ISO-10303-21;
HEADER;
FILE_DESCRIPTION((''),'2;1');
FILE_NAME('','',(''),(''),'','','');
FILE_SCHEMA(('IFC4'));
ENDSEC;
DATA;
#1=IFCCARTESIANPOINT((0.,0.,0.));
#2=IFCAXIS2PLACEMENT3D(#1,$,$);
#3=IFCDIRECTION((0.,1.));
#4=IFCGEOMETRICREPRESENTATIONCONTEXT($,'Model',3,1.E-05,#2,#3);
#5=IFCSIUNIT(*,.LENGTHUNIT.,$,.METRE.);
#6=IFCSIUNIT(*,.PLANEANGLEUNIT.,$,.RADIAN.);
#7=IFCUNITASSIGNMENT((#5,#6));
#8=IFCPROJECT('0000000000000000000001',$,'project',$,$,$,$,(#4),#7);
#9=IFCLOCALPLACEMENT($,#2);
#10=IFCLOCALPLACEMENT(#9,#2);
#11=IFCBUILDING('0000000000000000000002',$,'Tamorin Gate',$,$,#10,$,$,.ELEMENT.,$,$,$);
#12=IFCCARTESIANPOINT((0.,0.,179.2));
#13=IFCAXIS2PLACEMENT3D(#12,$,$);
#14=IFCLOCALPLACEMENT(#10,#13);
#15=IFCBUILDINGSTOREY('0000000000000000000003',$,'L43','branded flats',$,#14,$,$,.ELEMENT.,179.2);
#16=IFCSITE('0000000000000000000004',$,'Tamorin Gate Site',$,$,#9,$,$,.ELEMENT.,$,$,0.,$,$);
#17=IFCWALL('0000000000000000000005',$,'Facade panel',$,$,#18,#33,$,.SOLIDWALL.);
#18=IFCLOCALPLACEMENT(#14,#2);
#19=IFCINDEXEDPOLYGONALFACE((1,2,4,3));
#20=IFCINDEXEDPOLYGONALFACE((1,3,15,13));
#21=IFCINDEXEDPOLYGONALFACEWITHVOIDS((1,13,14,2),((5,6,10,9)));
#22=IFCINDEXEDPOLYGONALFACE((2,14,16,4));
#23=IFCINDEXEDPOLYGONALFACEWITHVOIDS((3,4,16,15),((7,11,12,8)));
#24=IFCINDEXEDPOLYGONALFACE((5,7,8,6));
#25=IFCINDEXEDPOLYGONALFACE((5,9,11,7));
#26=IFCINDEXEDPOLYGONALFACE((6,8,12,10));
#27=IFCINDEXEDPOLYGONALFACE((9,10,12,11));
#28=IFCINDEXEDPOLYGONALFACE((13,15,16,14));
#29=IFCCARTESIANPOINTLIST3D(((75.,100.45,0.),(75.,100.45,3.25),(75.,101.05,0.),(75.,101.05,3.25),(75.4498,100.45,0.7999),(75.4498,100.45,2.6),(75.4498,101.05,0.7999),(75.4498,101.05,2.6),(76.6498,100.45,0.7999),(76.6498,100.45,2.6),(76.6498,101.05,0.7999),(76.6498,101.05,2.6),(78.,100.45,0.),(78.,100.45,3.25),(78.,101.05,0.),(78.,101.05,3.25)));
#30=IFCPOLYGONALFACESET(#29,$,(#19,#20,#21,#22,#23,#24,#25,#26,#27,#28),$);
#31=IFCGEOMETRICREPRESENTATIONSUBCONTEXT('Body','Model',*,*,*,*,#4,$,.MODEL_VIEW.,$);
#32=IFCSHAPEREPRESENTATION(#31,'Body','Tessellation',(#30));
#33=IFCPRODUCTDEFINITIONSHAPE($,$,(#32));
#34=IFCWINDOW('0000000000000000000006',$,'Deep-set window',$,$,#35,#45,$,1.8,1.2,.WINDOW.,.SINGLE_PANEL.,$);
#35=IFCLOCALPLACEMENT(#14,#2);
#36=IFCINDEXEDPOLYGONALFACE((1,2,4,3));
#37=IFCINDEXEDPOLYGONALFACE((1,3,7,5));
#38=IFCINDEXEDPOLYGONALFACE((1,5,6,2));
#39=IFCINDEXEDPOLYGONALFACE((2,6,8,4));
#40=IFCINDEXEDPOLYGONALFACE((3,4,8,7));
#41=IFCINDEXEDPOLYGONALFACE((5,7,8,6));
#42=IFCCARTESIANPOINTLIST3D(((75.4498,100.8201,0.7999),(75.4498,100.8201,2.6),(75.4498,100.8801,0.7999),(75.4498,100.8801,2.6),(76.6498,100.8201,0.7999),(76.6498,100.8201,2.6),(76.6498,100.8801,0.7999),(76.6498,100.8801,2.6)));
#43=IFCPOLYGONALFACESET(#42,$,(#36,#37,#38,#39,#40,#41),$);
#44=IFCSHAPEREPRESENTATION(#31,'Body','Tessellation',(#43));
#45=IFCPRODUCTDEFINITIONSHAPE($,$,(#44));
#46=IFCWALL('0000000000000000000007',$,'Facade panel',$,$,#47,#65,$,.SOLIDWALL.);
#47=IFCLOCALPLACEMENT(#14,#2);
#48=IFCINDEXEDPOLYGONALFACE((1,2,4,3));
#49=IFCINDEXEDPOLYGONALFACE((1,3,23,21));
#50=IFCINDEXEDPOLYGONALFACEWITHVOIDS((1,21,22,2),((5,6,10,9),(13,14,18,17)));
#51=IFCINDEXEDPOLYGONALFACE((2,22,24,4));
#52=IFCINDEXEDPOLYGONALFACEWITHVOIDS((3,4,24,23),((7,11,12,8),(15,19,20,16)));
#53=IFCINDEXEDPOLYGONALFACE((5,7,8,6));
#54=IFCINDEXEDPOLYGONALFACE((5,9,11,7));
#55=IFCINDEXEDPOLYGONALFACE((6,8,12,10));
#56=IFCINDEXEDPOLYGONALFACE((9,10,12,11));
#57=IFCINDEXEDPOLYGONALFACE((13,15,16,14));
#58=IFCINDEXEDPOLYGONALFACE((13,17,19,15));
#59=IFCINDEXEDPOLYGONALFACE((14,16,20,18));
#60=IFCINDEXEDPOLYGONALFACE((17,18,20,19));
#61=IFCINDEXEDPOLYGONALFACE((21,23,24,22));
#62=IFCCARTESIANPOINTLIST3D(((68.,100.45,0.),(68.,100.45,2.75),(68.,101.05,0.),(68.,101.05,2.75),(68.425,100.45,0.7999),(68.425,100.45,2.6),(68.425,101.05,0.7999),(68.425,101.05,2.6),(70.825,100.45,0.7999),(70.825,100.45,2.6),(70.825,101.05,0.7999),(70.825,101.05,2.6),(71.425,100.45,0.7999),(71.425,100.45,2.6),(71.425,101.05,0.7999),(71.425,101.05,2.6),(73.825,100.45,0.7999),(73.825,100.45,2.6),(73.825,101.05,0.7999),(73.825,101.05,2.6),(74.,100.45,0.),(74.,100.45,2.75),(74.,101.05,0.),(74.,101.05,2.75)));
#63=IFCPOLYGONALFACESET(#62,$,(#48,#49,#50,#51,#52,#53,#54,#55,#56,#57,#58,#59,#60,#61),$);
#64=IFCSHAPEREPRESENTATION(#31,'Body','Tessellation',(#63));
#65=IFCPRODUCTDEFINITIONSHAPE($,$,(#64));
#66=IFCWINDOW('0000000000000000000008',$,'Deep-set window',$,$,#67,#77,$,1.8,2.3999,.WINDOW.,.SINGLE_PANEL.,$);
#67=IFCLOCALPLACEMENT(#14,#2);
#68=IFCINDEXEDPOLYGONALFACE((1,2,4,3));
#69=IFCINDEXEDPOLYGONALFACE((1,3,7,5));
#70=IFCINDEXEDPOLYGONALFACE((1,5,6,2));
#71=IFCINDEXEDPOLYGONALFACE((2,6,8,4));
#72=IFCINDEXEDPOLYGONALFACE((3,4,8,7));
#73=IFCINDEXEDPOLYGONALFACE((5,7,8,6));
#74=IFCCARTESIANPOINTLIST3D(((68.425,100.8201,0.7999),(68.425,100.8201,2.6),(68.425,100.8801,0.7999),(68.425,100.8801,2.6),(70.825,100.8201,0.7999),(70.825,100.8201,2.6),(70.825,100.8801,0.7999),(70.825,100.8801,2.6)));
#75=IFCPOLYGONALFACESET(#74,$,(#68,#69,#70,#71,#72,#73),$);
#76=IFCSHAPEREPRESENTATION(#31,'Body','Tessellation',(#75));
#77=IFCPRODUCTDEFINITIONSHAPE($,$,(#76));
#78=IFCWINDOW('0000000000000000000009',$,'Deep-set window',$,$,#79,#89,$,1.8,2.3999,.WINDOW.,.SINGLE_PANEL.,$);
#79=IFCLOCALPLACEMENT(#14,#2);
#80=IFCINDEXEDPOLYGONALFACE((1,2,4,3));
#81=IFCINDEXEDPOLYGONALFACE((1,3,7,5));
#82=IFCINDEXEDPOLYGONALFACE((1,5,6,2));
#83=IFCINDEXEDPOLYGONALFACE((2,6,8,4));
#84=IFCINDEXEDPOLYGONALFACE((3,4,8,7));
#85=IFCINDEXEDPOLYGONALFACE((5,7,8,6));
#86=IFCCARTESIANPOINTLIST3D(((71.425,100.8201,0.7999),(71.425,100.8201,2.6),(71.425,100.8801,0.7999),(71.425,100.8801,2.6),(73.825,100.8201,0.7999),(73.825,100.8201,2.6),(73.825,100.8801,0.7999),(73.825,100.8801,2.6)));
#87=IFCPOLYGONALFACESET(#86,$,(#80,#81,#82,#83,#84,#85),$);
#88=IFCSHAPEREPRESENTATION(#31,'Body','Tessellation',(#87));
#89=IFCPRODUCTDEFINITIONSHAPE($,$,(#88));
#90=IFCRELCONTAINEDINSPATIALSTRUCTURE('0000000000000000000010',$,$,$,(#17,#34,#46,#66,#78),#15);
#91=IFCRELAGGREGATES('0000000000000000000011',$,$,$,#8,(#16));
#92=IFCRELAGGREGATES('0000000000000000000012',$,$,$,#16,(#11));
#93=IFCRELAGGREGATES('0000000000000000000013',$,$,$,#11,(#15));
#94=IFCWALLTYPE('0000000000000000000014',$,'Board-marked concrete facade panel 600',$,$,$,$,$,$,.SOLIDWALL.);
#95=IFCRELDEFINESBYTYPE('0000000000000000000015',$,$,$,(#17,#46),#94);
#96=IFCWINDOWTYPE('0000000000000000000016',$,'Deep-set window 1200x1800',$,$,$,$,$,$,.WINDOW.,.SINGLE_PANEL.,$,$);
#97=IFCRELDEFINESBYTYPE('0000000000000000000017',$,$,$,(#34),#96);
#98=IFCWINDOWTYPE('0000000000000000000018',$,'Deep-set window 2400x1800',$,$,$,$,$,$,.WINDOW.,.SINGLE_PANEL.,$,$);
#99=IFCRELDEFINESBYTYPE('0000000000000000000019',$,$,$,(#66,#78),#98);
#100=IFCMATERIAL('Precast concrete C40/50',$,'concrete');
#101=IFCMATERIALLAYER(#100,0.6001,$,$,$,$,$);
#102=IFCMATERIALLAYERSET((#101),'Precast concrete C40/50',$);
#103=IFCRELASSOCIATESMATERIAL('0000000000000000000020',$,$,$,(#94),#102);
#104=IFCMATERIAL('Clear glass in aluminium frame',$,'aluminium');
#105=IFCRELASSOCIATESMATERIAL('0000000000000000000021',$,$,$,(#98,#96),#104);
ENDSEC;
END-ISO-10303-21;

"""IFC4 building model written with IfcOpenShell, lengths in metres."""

from ifc_helpers import new_model, si_unit, direction, frame, frame_2d, origin, place, context, subcontext, project, spatial, rectangle, extrude, material, layer, layer_set, type_object, element, fill, save


model = new_model("IFC4")

# Units and contexts
model_context = context("Model", 3, precision=1e-05, world=origin(), true_north=direction((0.0, 1.0)))
body_context = subcontext(model_context, "Body", "Model", "MODEL_VIEW")
ifc_project = project(units=[si_unit("LENGTHUNIT", "METRE"), si_unit("PLANEANGLEUNIT", "RADIAN")], contexts=[model_context])

# Site, building, storey
site_placement = place(None, origin())
site = spatial("IfcSite", under=ifc_project, at=site_placement, Name="Tamorin Gate Site", CompositionType="ELEMENT", RefElevation=0.0)
building_placement = place(site_placement, origin())
building = spatial("IfcBuilding", under=site, at=building_placement, Name="Tamorin Gate", CompositionType="ELEMENT")
storey_placement = place(building_placement, frame((0.0, 0.0, 179.2)))
storey = spatial("IfcBuildingStorey", under=building, at=storey_placement, Name="L43", Description="branded flats", CompositionType="ELEMENT", Elevation=179.2)

# Shared definitions
ifc_material_1 = material(Name="Precast concrete C40/50", Category="concrete")
ifc_layer = layer(ifc_material_1, 0.6001)
ifc_layer_set = layer_set([ifc_layer], Name="Precast concrete C40/50")
wall_type = type_object("IfcWallType", Name="Board-marked concrete facade panel 600", PredefinedType="SOLIDWALL", material=ifc_layer_set)
ifc_material_2 = material(Name="Clear glass in aluminium frame", Category="aluminium")
window_type_1 = type_object("IfcWindowType", Name="Deep-set window 2400x1800", PartitioningType="SINGLE_PANEL", PredefinedType="WINDOW", material=ifc_material_2)
window_type_2 = type_object("IfcWindowType", Name="Deep-set window 1200x1800", PartitioningType="SINGLE_PANEL", PredefinedType="WINDOW", material=ifc_material_2)

# Wall, opening, window
wall_1_placement = place(storey_placement, frame((78.0, 100.75, 0.0), z_axis=(0.0, 0.0, 1.0), x_axis=(-1.0, 0.0, 0.0)))
wall_1 = element("IfcWall", 1, at=wall_1_placement, inside=storey, type_object=wall_type, Name="Facade panel", PredefinedType="SOLIDWALL", context=body_context, shape_type="SweptSolid", body=[
    extrude(rectangle(XDim=3.0, YDim=0.6001, at=frame_2d((1.5, 0.0))), origin(), (0.0, 0.0, 1.0), 3.25),
])
opening_1_placement = place(wall_1_placement, frame((1.3501, 0.0, 0.8)))
opening_1 = element("IfcOpeningElement", 2, at=opening_1_placement, cuts=wall_1, PredefinedType="OPENING", context=body_context, shape_type="SweptSolid", body=[
    extrude(rectangle(XDim=1.2, YDim=1.8, at=frame_2d((0.6001, 0.8999))), frame((0.0, 0.3101, 0.0), z_axis=(0.0, -1.0, 0.0), x_axis=(1.0, 0.0, 0.0)), (0.0, 0.0, 1.0), 0.6201),
])
window_1_placement = place(opening_1_placement, origin())
window_1 = element("IfcWindow", 3, at=window_1_placement, inside=storey, type_object=window_type_2, Name="Deep-set window", OverallHeight=1.8, OverallWidth=1.2, PartitioningType="SINGLE_PANEL", PredefinedType="WINDOW", context=body_context, shape_type="SweptSolid", body=[
    extrude(rectangle(XDim=1.2, YDim=1.8, at=frame_2d((0.6001, 0.8999))), frame((0.0, -0.0701, 0.0), z_axis=(0.0, -1.0, 0.0), x_axis=(1.0, 0.0, 0.0)), (0.0, 0.0, 1.0), 0.0601),
])
fill(opening_1, window_1)

# Wall, openings, windows
wall_2_placement = place(storey_placement, frame((74.0, 100.75, 0.0), z_axis=(0.0, 0.0, 1.0), x_axis=(-1.0, 0.0, 0.0)))
wall_2 = element("IfcWall", 4, at=wall_2_placement, inside=storey, type_object=wall_type, Name="Facade panel", PredefinedType="SOLIDWALL", context=body_context, shape_type="SweptSolid", body=[
    extrude(rectangle(XDim=6.0, YDim=0.6001, at=frame_2d((3.0, 0.0))), origin(), (0.0, 0.0, 1.0), 2.75),
])
opening_2_placement = place(wall_2_placement, frame((3.175, 0.0, 0.8)))
opening_2 = element("IfcOpeningElement", 5, at=opening_2_placement, cuts=wall_2, PredefinedType="OPENING", context=body_context, shape_type="SweptSolid", body=[
    extrude(rectangle(XDim=2.3999, YDim=1.8, at=frame_2d((1.2, 0.8999))), frame((0.0, 0.3101, 0.0), z_axis=(0.0, -1.0, 0.0), x_axis=(1.0, 0.0, 0.0)), (0.0, 0.0, 1.0), 0.6201),
])
opening_3_placement = place(wall_2_placement, frame((0.175, 0.0, 0.8)))
opening_3 = element("IfcOpeningElement", 6, at=opening_3_placement, cuts=wall_2, PredefinedType="OPENING", context=body_context, shape_type="SweptSolid", body=[
    extrude(rectangle(XDim=2.3999, YDim=1.8, at=frame_2d((1.2, 0.8999))), frame((0.0, 0.3101, 0.0), z_axis=(0.0, -1.0, 0.0), x_axis=(1.0, 0.0, 0.0)), (0.0, 0.0, 1.0), 0.6201),
])
window_2_placement = place(opening_2_placement, origin())
window_2 = element("IfcWindow", 7, at=window_2_placement, inside=storey, type_object=window_type_1, Name="Deep-set window", OverallHeight=1.8, OverallWidth=2.3999, PartitioningType="SINGLE_PANEL", PredefinedType="WINDOW", context=body_context, shape_type="SweptSolid", body=[
    extrude(rectangle(XDim=2.3999, YDim=1.8, at=frame_2d((1.2, 0.8999))), frame((0.0, -0.0701, 0.0), z_axis=(0.0, -1.0, 0.0), x_axis=(1.0, 0.0, 0.0)), (0.0, 0.0, 1.0), 0.0601),
])
fill(opening_2, window_2)
window_3_placement = place(opening_3_placement, origin())
window_3 = element("IfcWindow", 8, at=window_3_placement, inside=storey, type_object=window_type_1, Name="Deep-set window", OverallHeight=1.8, OverallWidth=2.3999, PartitioningType="SINGLE_PANEL", PredefinedType="WINDOW", context=body_context, shape_type="SweptSolid", body=[
    extrude(rectangle(XDim=2.3999, YDim=1.8, at=frame_2d((1.2, 0.8999))), frame((0.0, -0.0701, 0.0), z_axis=(0.0, -1.0, 0.0), x_axis=(1.0, 0.0, 0.0)), (0.0, 0.0, 1.0), 0.0601),
])
fill(opening_3, window_3)

save(model, "model.ifc")
